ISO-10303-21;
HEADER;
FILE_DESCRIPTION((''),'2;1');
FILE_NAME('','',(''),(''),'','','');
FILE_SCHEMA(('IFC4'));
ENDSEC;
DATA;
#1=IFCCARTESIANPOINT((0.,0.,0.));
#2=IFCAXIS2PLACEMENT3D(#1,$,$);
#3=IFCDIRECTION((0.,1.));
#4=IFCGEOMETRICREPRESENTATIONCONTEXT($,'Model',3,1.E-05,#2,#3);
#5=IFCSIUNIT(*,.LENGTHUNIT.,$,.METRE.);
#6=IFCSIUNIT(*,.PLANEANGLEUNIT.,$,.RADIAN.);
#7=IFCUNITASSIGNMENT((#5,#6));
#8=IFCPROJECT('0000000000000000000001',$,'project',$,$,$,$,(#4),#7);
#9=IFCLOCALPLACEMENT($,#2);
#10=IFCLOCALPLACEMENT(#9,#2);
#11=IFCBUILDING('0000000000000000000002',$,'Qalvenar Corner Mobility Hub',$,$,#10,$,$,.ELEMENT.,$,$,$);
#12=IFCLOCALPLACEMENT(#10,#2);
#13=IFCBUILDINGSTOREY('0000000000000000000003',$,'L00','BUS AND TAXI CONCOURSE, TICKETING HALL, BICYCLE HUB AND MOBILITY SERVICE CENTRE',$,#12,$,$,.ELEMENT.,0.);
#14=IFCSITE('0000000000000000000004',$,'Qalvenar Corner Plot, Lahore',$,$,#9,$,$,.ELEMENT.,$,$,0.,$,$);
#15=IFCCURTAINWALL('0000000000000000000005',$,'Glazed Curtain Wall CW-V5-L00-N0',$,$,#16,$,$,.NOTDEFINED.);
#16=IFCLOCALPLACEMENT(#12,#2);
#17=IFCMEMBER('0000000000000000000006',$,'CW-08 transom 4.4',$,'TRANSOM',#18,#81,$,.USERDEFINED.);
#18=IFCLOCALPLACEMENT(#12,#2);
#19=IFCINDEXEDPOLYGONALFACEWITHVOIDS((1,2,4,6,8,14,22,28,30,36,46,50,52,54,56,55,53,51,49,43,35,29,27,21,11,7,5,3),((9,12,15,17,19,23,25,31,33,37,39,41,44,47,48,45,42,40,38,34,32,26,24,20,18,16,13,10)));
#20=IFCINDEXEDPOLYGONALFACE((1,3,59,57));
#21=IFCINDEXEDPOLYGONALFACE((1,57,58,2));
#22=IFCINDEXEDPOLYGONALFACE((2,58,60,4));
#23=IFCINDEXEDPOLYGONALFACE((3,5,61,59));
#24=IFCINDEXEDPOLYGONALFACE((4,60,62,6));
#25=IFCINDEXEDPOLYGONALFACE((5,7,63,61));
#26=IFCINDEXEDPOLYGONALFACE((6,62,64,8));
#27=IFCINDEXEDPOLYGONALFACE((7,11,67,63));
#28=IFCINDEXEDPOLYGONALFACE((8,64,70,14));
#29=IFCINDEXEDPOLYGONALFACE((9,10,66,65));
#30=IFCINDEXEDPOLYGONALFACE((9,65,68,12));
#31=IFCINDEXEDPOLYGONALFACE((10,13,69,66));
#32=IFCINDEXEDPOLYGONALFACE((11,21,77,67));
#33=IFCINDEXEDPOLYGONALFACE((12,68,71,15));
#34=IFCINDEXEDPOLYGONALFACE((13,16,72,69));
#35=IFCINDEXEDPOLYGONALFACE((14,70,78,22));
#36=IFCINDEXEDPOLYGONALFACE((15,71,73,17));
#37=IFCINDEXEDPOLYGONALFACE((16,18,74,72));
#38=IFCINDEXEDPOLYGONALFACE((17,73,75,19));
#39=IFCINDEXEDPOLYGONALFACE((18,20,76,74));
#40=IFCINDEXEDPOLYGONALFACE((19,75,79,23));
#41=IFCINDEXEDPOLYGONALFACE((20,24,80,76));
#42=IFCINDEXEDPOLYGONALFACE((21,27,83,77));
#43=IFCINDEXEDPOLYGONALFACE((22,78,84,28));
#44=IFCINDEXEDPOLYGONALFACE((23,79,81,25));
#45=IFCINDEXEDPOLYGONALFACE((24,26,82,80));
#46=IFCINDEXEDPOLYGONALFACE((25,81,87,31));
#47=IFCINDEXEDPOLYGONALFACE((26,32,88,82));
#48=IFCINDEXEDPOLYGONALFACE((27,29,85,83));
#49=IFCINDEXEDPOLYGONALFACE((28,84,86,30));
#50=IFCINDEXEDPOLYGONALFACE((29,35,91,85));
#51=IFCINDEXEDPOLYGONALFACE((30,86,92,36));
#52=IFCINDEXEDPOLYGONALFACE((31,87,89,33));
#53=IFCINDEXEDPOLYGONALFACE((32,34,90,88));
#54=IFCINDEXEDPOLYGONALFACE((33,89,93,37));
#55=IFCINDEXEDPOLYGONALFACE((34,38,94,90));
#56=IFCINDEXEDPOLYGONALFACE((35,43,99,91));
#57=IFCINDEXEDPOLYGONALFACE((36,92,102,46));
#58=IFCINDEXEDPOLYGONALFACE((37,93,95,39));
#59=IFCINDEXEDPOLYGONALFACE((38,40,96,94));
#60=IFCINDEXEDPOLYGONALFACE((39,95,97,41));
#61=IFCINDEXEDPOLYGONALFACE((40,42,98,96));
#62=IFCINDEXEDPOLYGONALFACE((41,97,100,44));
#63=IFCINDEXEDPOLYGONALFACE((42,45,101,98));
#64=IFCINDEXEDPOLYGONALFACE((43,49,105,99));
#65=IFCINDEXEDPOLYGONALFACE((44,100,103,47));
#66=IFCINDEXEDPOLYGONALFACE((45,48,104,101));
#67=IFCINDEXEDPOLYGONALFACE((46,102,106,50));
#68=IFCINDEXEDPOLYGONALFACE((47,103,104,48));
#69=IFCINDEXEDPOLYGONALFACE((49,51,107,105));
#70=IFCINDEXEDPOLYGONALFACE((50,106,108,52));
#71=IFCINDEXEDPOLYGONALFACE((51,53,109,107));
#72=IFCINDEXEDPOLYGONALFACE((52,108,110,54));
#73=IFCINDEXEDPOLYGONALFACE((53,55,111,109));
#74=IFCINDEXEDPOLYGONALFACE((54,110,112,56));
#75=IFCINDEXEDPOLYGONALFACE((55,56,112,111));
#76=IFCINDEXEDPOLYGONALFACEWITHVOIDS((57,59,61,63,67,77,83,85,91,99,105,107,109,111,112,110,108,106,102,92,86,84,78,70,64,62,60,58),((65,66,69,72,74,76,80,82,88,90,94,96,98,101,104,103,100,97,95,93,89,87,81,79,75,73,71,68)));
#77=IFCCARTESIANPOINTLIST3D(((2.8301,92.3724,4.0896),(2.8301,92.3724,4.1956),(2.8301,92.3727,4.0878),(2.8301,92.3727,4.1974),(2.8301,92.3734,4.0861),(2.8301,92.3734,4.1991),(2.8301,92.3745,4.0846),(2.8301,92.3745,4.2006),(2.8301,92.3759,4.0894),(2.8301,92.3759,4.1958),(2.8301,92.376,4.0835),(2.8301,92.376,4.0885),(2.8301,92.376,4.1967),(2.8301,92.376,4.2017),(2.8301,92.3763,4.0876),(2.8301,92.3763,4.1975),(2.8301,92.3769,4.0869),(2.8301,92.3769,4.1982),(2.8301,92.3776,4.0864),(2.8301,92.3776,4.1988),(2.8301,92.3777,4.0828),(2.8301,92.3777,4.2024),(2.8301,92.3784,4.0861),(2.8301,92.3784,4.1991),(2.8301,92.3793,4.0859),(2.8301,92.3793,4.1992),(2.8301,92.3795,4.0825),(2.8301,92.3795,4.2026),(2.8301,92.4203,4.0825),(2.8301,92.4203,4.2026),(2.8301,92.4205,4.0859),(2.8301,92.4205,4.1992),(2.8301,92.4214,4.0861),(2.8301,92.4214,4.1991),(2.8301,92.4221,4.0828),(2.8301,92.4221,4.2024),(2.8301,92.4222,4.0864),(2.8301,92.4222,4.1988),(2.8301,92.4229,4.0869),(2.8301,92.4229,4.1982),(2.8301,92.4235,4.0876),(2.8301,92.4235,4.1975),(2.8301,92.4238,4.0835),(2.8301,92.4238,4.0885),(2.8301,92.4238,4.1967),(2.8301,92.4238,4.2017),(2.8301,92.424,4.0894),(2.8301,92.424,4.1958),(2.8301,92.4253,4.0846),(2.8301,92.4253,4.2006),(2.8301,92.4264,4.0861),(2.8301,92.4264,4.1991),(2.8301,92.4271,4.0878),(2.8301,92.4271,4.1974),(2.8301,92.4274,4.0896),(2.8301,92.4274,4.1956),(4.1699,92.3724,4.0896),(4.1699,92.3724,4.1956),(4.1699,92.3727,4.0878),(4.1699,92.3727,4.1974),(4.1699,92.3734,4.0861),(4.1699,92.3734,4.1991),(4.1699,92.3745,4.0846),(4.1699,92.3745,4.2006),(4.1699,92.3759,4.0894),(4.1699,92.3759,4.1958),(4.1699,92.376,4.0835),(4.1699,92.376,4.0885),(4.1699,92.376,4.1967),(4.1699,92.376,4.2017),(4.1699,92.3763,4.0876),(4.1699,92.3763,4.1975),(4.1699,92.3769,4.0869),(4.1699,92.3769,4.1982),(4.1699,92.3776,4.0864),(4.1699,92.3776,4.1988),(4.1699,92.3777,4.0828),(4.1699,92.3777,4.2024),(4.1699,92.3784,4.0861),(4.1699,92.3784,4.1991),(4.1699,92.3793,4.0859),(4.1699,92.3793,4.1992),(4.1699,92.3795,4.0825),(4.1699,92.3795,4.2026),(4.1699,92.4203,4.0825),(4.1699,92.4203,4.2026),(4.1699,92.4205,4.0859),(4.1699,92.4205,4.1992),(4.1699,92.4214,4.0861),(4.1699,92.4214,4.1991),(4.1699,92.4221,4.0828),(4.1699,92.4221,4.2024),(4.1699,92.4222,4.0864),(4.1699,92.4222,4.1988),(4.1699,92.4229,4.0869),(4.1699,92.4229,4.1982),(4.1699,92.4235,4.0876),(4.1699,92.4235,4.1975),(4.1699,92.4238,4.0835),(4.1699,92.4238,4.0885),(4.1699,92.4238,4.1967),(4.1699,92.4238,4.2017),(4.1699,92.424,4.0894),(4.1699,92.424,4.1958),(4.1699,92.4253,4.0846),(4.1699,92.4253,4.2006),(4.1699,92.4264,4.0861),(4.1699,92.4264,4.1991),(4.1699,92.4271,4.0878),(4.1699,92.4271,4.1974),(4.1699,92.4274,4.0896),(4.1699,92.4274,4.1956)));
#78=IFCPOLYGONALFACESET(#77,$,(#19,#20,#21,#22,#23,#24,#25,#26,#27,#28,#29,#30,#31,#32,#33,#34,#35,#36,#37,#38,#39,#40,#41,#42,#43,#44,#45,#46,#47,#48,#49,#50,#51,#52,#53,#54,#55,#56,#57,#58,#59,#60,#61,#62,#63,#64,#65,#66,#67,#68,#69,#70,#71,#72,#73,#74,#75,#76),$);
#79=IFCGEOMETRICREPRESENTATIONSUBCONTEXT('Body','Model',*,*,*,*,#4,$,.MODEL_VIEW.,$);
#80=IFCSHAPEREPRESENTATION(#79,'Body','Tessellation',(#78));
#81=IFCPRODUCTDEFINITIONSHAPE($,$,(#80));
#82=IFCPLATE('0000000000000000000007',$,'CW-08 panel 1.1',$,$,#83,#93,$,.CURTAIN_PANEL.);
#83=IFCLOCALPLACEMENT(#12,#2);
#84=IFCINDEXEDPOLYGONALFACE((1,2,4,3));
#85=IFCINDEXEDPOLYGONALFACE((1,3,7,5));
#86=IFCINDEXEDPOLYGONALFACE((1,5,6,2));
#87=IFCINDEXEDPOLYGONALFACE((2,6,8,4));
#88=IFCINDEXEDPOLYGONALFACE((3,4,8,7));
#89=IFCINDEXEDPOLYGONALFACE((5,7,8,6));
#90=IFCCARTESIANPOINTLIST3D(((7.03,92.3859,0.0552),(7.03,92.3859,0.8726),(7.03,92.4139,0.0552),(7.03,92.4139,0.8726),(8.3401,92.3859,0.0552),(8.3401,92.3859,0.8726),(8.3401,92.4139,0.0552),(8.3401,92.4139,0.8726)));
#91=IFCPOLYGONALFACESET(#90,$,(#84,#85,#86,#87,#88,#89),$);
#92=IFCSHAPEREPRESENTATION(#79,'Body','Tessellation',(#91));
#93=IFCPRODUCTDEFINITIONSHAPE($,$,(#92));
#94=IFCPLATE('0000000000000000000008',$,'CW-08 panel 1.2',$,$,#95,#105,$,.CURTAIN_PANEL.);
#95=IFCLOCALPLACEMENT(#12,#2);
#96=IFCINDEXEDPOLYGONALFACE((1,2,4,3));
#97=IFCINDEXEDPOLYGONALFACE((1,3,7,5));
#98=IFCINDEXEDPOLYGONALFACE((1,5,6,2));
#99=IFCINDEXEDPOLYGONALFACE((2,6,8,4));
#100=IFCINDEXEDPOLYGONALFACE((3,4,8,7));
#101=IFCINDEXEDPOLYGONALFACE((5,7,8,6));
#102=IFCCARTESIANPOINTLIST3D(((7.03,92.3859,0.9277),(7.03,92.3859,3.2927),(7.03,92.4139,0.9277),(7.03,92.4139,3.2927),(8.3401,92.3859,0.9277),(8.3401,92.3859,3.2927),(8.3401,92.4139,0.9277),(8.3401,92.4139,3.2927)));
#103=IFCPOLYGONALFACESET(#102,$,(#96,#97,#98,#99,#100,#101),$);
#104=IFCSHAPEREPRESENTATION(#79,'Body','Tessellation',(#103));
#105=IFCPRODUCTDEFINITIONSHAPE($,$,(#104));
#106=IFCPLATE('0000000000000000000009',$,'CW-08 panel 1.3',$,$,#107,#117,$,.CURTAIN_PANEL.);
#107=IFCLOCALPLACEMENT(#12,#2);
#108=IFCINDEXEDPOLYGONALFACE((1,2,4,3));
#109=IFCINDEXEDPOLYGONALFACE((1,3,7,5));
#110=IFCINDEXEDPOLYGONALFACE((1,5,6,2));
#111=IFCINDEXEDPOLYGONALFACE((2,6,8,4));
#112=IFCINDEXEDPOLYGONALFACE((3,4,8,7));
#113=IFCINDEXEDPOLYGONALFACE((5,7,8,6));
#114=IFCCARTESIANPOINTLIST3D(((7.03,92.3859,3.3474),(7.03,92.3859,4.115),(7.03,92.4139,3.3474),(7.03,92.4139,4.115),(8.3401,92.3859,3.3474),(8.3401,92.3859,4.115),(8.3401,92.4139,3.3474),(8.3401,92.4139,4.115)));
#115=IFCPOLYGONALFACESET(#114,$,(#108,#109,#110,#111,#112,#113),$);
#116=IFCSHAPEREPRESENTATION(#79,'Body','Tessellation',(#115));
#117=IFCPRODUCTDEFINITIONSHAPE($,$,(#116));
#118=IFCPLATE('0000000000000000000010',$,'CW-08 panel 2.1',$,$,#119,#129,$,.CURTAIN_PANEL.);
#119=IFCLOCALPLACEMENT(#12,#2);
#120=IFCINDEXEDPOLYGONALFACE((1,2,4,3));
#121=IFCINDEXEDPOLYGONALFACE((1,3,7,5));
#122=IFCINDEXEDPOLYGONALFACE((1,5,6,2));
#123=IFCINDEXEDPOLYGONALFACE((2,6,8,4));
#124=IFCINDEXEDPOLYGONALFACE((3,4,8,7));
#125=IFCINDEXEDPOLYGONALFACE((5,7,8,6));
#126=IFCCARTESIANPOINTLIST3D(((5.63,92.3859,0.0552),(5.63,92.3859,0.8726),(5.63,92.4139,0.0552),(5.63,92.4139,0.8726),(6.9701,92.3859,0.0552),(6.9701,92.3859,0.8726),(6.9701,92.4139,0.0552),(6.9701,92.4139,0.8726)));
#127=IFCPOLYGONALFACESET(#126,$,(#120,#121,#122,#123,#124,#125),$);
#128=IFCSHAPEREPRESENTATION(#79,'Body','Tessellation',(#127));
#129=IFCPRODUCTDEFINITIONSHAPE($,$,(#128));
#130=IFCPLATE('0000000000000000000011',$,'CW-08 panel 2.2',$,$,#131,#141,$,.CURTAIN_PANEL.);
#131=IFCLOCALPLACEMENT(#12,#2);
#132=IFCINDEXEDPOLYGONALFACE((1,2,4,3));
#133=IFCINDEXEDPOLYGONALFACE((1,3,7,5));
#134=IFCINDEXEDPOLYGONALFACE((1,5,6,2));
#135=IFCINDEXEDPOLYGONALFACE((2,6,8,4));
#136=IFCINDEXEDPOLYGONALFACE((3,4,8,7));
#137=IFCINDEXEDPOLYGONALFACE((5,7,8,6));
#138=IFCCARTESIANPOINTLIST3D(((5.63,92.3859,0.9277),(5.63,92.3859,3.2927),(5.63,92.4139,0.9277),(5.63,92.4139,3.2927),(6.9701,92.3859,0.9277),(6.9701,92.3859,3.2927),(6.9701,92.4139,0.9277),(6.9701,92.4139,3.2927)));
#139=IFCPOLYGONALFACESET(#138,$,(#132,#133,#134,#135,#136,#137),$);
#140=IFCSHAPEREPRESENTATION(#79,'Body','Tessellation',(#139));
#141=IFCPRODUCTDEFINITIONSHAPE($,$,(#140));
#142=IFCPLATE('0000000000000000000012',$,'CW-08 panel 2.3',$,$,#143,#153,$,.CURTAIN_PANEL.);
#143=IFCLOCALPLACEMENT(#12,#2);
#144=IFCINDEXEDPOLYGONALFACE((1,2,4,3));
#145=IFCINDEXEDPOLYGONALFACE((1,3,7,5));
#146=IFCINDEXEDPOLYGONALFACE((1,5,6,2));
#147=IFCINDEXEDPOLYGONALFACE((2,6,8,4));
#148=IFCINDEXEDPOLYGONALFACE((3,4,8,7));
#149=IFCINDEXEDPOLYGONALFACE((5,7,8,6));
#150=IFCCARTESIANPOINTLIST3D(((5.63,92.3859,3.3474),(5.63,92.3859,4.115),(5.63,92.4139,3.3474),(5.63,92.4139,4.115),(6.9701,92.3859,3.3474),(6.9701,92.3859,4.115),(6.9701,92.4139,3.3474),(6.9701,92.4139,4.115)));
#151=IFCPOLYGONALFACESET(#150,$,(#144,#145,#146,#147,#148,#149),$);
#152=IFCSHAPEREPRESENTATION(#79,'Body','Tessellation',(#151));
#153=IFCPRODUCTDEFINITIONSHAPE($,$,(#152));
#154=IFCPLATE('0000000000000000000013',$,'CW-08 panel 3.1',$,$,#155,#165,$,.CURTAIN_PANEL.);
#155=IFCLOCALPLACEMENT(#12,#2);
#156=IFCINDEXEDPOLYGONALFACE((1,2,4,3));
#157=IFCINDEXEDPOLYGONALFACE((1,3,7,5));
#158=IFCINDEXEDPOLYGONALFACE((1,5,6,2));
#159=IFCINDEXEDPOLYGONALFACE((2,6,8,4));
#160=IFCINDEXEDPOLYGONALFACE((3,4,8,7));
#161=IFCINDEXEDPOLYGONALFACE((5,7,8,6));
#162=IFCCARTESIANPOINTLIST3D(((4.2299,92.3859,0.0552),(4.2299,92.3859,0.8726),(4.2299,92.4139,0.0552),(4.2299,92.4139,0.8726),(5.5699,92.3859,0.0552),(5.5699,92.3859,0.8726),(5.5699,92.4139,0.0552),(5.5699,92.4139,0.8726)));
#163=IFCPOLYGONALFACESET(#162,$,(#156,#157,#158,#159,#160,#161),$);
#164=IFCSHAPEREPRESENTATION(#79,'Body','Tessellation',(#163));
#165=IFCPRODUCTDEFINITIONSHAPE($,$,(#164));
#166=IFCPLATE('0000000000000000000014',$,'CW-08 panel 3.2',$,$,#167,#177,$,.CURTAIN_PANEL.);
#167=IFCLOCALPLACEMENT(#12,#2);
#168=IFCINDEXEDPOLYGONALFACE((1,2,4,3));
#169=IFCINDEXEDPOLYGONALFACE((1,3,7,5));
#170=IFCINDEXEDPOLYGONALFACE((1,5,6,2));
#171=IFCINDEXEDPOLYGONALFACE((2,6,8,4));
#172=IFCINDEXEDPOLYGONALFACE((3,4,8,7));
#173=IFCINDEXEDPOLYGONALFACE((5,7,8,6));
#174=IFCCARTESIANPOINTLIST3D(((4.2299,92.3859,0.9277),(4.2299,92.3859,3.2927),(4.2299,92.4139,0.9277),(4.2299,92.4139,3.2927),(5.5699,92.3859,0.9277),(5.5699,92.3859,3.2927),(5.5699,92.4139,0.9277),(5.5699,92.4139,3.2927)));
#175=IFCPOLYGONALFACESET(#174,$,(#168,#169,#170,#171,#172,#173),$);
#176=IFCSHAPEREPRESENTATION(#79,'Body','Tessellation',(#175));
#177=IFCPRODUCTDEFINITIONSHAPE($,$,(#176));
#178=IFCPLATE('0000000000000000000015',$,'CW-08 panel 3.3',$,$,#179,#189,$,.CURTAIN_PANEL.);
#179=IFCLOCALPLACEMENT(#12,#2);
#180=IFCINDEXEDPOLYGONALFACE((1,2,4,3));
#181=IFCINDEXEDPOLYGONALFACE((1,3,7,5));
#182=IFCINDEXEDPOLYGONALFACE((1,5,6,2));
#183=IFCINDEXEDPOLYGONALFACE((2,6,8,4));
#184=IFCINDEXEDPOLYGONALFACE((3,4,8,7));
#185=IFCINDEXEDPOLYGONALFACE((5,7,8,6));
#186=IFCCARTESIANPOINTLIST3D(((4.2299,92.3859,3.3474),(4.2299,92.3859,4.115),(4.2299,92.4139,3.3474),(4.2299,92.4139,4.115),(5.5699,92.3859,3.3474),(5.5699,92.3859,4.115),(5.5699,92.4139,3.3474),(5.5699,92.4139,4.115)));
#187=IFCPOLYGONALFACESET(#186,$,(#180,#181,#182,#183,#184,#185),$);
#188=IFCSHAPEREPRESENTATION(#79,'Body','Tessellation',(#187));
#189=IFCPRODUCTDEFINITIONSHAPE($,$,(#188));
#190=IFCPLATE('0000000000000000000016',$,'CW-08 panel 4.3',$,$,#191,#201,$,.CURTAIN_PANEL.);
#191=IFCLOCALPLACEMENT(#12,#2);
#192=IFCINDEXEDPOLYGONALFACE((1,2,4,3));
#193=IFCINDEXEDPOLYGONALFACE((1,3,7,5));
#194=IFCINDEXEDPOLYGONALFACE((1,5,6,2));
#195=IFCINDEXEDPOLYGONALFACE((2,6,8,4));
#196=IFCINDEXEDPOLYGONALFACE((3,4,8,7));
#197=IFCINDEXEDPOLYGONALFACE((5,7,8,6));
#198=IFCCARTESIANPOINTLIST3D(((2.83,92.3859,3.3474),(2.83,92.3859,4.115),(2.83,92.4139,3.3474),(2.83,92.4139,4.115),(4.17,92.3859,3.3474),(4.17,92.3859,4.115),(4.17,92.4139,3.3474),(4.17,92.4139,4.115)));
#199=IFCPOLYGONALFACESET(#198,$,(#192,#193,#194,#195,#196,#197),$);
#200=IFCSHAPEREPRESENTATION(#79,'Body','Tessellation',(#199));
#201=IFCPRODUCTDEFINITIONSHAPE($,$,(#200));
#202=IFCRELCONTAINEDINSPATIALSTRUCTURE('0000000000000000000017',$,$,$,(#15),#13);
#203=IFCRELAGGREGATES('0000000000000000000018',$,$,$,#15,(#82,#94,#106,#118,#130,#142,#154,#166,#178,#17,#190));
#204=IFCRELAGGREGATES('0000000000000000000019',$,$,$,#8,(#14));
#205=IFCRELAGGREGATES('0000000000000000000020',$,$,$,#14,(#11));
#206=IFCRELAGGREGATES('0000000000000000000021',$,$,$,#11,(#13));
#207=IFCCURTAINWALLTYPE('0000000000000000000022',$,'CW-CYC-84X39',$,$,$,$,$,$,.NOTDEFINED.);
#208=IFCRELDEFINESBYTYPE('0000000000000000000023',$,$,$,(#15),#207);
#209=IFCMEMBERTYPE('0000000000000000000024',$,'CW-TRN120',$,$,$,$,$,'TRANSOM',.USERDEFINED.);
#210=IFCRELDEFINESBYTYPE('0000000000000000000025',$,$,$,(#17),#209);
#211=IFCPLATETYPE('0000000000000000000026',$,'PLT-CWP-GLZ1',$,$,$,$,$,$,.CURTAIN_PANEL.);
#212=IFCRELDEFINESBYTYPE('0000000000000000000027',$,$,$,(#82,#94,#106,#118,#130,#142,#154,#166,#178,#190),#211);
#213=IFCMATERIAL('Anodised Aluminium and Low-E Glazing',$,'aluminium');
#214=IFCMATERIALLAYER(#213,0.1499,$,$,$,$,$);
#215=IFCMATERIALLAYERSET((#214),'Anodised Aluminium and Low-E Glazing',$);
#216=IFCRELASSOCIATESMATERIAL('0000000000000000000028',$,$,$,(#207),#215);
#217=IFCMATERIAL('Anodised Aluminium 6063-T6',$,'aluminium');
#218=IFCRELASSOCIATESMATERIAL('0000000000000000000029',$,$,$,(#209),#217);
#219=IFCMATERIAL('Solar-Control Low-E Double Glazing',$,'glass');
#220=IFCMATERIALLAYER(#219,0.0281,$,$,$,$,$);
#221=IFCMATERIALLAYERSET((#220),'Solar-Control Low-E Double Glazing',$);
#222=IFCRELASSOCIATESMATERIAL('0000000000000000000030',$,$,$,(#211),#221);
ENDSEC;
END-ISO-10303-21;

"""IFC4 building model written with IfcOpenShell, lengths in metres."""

from ifc_helpers import new_model, si_unit, direction, frame, origin, origin_2d, place, context, subcontext, project, spatial, rectangle, hollow_rectangle, extrude, material, layer, layer_set, material_profile, profile_set, type_object, element, aggregate, save


model = new_model("IFC4")

# Units and contexts
model_context = context("Model", 3, precision=1e-05, world=origin(), true_north=direction((0.0, 1.0)))
body_context = subcontext(model_context, "Body", "Model", "MODEL_VIEW")
ifc_project = project(units=[si_unit("LENGTHUNIT", "METRE"), si_unit("PLANEANGLEUNIT", "RADIAN")], contexts=[model_context])

# Site, building, storey
site_placement = place(None, origin())
site = spatial("IfcSite", under=ifc_project, at=site_placement, Name="Qalvenar Corner Plot, Lahore", CompositionType="ELEMENT", RefElevation=0.0)
building_placement = place(site_placement, origin())
building = spatial("IfcBuilding", under=site, at=building_placement, Name="Qalvenar Corner Mobility Hub", CompositionType="ELEMENT")
storey_placement = place(building_placement, origin())
storey = spatial("IfcBuildingStorey", under=building, at=storey_placement, Name="L00", Description="BUS AND TAXI CONCOURSE, TICKETING HALL, BICYCLE HUB AND MOBILITY SERVICE CENTRE", CompositionType="ELEMENT", Elevation=0.0)

# Curtain wall, member, plates
ifc_material_1 = material(Name="Anodised Aluminium and Low-E Glazing", Category="aluminium")
ifc_layer_1 = layer(ifc_material_1, 0.1499)
ifc_layer_set_1 = layer_set([ifc_layer_1], Name="Anodised Aluminium and Low-E Glazing")
curtain_wall_type = type_object("IfcCurtainWallType", Name="CW-CYC-84X39", PredefinedType="NOTDEFINED", material=ifc_layer_set_1)
curtain_wall_placement = place(storey_placement, origin())
curtain_wall = element("IfcCurtainWall", 1, at=curtain_wall_placement, inside=storey, type_object=curtain_wall_type, Name="Glazed Curtain Wall CW-V5-L00-N0", PredefinedType="NOTDEFINED")
ifc_material_2 = material(Name="Anodised Aluminium 6063-T6", Category="aluminium")
ifc_material_profile_1 = material_profile(ifc_material_2, hollow_rectangle(XDim=0.0549, YDim=0.1201, WallThickness=0.0034, InnerFilletRadius=0.0034, OuterFilletRadius=0.0071, at=origin_2d()), Name="RHS120x55x3.5")
ifc_profile_set_1 = profile_set([ifc_material_profile_1], Name="Anodised Aluminium 6063-T6")
member_type_1 = type_object("IfcMemberType", Name="CW-TRN120", ElementType="TRANSOM", PredefinedType="USERDEFINED", material=ifc_profile_set_1)
member_1_placement = place(storey_placement, frame((4.1699, 92.3999, 4.1426), z_axis=(-1.0, 0.0, 0.0), x_axis=(0.0, -1.0, 0.0)))
member_1 = element("IfcMember", 2, at=member_1_placement, type_object=member_type_1, Name="CW-08 transom 4.4", ObjectType="TRANSOM", PredefinedType="USERDEFINED", context=body_context, shape_type="SweptSolid", body=[
    extrude(hollow_rectangle(XDim=0.0549, YDim=0.1201, WallThickness=0.0034, InnerFilletRadius=0.0034, OuterFilletRadius=0.0071, at=origin_2d()), origin(), (0.0, 0.0, 1.0), 1.3398),
])
ifc_material_3 = material(Name="Solar-Control Low-E Double Glazing", Category="glass")
ifc_layer_2 = layer(ifc_material_3, 0.0281)
ifc_layer_set_2 = layer_set([ifc_layer_2], Name="Solar-Control Low-E Double Glazing")
plate_type = type_object("IfcPlateType", Name="PLT-CWP-GLZ1", PredefinedType="CURTAIN_PANEL", material=ifc_layer_set_2)
plate_1_placement = place(storey_placement, frame((7.6851, 92.3999, 0.0552), z_axis=(0.0, 0.0, 1.0), x_axis=(-1.0, 0.0, 0.0)))
plate_1 = element("IfcPlate", 3, at=plate_1_placement, type_object=plate_type, Name="CW-08 panel 1.1", PredefinedType="CURTAIN_PANEL", context=body_context, shape_type="SweptSolid", body=[
    extrude(rectangle(XDim=1.3101, YDim=0.0281, at=origin_2d()), origin(), (0.0, 0.0, 1.0), 0.8174),
])
plate_2_placement = place(storey_placement, frame((7.6851, 92.3999, 0.9277), z_axis=(0.0, 0.0, 1.0), x_axis=(-1.0, 0.0, 0.0)))
plate_2 = element("IfcPlate", 4, at=plate_2_placement, type_object=plate_type, Name="CW-08 panel 1.2", PredefinedType="CURTAIN_PANEL", context=body_context, shape_type="SweptSolid", body=[
    extrude(rectangle(XDim=1.3101, YDim=0.0281, at=origin_2d()), origin(), (0.0, 0.0, 1.0), 2.365),
])
plate_3_placement = place(storey_placement, frame((7.6851, 92.3999, 3.3474), z_axis=(0.0, 0.0, 1.0), x_axis=(-1.0, 0.0, 0.0)))
plate_3 = element("IfcPlate", 5, at=plate_3_placement, type_object=plate_type, Name="CW-08 panel 1.3", PredefinedType="CURTAIN_PANEL", context=body_context, shape_type="SweptSolid", body=[
    extrude(rectangle(XDim=1.3101, YDim=0.0281, at=origin_2d()), origin(), (0.0, 0.0, 1.0), 0.7676),
])
plate_4_placement = place(storey_placement, frame((6.3, 92.3999, 0.0552), z_axis=(0.0, 0.0, 1.0), x_axis=(-1.0, 0.0, 0.0)))
plate_4 = element("IfcPlate", 6, at=plate_4_placement, type_object=plate_type, Name="CW-08 panel 2.1", PredefinedType="CURTAIN_PANEL", context=body_context, shape_type="SweptSolid", body=[
    extrude(rectangle(XDim=1.3401, YDim=0.0281, at=origin_2d()), origin(), (0.0, 0.0, 1.0), 0.8174),
])
plate_5_placement = place(storey_placement, frame((6.3, 92.3999, 0.9277), z_axis=(0.0, 0.0, 1.0), x_axis=(-1.0, 0.0, 0.0)))
plate_5 = element("IfcPlate", 7, at=plate_5_placement, type_object=plate_type, Name="CW-08 panel 2.2", PredefinedType="CURTAIN_PANEL", context=body_context, shape_type="SweptSolid", body=[
    extrude(rectangle(XDim=1.3401, YDim=0.0281, at=origin_2d()), origin(), (0.0, 0.0, 1.0), 2.365),
])
plate_6_placement = place(storey_placement, frame((6.3, 92.3999, 3.3474), z_axis=(0.0, 0.0, 1.0), x_axis=(-1.0, 0.0, 0.0)))
plate_6 = element("IfcPlate", 8, at=plate_6_placement, type_object=plate_type, Name="CW-08 panel 2.3", PredefinedType="CURTAIN_PANEL", context=body_context, shape_type="SweptSolid", body=[
    extrude(rectangle(XDim=1.3401, YDim=0.0281, at=origin_2d()), origin(), (0.0, 0.0, 1.0), 0.7676),
])
plate_7_placement = place(storey_placement, frame((4.8999, 92.3999, 0.0552), z_axis=(0.0, 0.0, 1.0), x_axis=(-1.0, 0.0, 0.0)))
plate_7 = element("IfcPlate", 9, at=plate_7_placement, type_object=plate_type, Name="CW-08 panel 3.1", PredefinedType="CURTAIN_PANEL", context=body_context, shape_type="SweptSolid", body=[
    extrude(rectangle(XDim=1.3401, YDim=0.0281, at=origin_2d()), origin(), (0.0, 0.0, 1.0), 0.8174),
])
plate_8_placement = place(storey_placement, frame((4.8999, 92.3999, 0.9277), z_axis=(0.0, 0.0, 1.0), x_axis=(-1.0, 0.0, 0.0)))
plate_8 = element("IfcPlate", 10, at=plate_8_placement, type_object=plate_type, Name="CW-08 panel 3.2", PredefinedType="CURTAIN_PANEL", context=body_context, shape_type="SweptSolid", body=[
    extrude(rectangle(XDim=1.3401, YDim=0.0281, at=origin_2d()), origin(), (0.0, 0.0, 1.0), 2.365),
])
plate_9_placement = place(storey_placement, frame((4.8999, 92.3999, 3.3474), z_axis=(0.0, 0.0, 1.0), x_axis=(-1.0, 0.0, 0.0)))
plate_9 = element("IfcPlate", 11, at=plate_9_placement, type_object=plate_type, Name="CW-08 panel 3.3", PredefinedType="CURTAIN_PANEL", context=body_context, shape_type="SweptSolid", body=[
    extrude(rectangle(XDim=1.3401, YDim=0.0281, at=origin_2d()), origin(), (0.0, 0.0, 1.0), 0.7676),
])
plate_10_placement = place(storey_placement, frame((3.5, 92.3999, 3.3474), z_axis=(0.0, 0.0, 1.0), x_axis=(-1.0, 0.0, 0.0)))
plate_10 = element("IfcPlate", 12, at=plate_10_placement, type_object=plate_type, Name="CW-08 panel 4.3", PredefinedType="CURTAIN_PANEL", context=body_context, shape_type="SweptSolid", body=[
    extrude(rectangle(XDim=1.3401, YDim=0.0281, at=origin_2d()), origin(), (0.0, 0.0, 1.0), 0.7676),
])
aggregate(curtain_wall, [plate_1, plate_2, plate_3, plate_4, plate_5, plate_6, plate_7, plate_8, plate_9, member_1, plate_10])

save(model, "model.ifc")
